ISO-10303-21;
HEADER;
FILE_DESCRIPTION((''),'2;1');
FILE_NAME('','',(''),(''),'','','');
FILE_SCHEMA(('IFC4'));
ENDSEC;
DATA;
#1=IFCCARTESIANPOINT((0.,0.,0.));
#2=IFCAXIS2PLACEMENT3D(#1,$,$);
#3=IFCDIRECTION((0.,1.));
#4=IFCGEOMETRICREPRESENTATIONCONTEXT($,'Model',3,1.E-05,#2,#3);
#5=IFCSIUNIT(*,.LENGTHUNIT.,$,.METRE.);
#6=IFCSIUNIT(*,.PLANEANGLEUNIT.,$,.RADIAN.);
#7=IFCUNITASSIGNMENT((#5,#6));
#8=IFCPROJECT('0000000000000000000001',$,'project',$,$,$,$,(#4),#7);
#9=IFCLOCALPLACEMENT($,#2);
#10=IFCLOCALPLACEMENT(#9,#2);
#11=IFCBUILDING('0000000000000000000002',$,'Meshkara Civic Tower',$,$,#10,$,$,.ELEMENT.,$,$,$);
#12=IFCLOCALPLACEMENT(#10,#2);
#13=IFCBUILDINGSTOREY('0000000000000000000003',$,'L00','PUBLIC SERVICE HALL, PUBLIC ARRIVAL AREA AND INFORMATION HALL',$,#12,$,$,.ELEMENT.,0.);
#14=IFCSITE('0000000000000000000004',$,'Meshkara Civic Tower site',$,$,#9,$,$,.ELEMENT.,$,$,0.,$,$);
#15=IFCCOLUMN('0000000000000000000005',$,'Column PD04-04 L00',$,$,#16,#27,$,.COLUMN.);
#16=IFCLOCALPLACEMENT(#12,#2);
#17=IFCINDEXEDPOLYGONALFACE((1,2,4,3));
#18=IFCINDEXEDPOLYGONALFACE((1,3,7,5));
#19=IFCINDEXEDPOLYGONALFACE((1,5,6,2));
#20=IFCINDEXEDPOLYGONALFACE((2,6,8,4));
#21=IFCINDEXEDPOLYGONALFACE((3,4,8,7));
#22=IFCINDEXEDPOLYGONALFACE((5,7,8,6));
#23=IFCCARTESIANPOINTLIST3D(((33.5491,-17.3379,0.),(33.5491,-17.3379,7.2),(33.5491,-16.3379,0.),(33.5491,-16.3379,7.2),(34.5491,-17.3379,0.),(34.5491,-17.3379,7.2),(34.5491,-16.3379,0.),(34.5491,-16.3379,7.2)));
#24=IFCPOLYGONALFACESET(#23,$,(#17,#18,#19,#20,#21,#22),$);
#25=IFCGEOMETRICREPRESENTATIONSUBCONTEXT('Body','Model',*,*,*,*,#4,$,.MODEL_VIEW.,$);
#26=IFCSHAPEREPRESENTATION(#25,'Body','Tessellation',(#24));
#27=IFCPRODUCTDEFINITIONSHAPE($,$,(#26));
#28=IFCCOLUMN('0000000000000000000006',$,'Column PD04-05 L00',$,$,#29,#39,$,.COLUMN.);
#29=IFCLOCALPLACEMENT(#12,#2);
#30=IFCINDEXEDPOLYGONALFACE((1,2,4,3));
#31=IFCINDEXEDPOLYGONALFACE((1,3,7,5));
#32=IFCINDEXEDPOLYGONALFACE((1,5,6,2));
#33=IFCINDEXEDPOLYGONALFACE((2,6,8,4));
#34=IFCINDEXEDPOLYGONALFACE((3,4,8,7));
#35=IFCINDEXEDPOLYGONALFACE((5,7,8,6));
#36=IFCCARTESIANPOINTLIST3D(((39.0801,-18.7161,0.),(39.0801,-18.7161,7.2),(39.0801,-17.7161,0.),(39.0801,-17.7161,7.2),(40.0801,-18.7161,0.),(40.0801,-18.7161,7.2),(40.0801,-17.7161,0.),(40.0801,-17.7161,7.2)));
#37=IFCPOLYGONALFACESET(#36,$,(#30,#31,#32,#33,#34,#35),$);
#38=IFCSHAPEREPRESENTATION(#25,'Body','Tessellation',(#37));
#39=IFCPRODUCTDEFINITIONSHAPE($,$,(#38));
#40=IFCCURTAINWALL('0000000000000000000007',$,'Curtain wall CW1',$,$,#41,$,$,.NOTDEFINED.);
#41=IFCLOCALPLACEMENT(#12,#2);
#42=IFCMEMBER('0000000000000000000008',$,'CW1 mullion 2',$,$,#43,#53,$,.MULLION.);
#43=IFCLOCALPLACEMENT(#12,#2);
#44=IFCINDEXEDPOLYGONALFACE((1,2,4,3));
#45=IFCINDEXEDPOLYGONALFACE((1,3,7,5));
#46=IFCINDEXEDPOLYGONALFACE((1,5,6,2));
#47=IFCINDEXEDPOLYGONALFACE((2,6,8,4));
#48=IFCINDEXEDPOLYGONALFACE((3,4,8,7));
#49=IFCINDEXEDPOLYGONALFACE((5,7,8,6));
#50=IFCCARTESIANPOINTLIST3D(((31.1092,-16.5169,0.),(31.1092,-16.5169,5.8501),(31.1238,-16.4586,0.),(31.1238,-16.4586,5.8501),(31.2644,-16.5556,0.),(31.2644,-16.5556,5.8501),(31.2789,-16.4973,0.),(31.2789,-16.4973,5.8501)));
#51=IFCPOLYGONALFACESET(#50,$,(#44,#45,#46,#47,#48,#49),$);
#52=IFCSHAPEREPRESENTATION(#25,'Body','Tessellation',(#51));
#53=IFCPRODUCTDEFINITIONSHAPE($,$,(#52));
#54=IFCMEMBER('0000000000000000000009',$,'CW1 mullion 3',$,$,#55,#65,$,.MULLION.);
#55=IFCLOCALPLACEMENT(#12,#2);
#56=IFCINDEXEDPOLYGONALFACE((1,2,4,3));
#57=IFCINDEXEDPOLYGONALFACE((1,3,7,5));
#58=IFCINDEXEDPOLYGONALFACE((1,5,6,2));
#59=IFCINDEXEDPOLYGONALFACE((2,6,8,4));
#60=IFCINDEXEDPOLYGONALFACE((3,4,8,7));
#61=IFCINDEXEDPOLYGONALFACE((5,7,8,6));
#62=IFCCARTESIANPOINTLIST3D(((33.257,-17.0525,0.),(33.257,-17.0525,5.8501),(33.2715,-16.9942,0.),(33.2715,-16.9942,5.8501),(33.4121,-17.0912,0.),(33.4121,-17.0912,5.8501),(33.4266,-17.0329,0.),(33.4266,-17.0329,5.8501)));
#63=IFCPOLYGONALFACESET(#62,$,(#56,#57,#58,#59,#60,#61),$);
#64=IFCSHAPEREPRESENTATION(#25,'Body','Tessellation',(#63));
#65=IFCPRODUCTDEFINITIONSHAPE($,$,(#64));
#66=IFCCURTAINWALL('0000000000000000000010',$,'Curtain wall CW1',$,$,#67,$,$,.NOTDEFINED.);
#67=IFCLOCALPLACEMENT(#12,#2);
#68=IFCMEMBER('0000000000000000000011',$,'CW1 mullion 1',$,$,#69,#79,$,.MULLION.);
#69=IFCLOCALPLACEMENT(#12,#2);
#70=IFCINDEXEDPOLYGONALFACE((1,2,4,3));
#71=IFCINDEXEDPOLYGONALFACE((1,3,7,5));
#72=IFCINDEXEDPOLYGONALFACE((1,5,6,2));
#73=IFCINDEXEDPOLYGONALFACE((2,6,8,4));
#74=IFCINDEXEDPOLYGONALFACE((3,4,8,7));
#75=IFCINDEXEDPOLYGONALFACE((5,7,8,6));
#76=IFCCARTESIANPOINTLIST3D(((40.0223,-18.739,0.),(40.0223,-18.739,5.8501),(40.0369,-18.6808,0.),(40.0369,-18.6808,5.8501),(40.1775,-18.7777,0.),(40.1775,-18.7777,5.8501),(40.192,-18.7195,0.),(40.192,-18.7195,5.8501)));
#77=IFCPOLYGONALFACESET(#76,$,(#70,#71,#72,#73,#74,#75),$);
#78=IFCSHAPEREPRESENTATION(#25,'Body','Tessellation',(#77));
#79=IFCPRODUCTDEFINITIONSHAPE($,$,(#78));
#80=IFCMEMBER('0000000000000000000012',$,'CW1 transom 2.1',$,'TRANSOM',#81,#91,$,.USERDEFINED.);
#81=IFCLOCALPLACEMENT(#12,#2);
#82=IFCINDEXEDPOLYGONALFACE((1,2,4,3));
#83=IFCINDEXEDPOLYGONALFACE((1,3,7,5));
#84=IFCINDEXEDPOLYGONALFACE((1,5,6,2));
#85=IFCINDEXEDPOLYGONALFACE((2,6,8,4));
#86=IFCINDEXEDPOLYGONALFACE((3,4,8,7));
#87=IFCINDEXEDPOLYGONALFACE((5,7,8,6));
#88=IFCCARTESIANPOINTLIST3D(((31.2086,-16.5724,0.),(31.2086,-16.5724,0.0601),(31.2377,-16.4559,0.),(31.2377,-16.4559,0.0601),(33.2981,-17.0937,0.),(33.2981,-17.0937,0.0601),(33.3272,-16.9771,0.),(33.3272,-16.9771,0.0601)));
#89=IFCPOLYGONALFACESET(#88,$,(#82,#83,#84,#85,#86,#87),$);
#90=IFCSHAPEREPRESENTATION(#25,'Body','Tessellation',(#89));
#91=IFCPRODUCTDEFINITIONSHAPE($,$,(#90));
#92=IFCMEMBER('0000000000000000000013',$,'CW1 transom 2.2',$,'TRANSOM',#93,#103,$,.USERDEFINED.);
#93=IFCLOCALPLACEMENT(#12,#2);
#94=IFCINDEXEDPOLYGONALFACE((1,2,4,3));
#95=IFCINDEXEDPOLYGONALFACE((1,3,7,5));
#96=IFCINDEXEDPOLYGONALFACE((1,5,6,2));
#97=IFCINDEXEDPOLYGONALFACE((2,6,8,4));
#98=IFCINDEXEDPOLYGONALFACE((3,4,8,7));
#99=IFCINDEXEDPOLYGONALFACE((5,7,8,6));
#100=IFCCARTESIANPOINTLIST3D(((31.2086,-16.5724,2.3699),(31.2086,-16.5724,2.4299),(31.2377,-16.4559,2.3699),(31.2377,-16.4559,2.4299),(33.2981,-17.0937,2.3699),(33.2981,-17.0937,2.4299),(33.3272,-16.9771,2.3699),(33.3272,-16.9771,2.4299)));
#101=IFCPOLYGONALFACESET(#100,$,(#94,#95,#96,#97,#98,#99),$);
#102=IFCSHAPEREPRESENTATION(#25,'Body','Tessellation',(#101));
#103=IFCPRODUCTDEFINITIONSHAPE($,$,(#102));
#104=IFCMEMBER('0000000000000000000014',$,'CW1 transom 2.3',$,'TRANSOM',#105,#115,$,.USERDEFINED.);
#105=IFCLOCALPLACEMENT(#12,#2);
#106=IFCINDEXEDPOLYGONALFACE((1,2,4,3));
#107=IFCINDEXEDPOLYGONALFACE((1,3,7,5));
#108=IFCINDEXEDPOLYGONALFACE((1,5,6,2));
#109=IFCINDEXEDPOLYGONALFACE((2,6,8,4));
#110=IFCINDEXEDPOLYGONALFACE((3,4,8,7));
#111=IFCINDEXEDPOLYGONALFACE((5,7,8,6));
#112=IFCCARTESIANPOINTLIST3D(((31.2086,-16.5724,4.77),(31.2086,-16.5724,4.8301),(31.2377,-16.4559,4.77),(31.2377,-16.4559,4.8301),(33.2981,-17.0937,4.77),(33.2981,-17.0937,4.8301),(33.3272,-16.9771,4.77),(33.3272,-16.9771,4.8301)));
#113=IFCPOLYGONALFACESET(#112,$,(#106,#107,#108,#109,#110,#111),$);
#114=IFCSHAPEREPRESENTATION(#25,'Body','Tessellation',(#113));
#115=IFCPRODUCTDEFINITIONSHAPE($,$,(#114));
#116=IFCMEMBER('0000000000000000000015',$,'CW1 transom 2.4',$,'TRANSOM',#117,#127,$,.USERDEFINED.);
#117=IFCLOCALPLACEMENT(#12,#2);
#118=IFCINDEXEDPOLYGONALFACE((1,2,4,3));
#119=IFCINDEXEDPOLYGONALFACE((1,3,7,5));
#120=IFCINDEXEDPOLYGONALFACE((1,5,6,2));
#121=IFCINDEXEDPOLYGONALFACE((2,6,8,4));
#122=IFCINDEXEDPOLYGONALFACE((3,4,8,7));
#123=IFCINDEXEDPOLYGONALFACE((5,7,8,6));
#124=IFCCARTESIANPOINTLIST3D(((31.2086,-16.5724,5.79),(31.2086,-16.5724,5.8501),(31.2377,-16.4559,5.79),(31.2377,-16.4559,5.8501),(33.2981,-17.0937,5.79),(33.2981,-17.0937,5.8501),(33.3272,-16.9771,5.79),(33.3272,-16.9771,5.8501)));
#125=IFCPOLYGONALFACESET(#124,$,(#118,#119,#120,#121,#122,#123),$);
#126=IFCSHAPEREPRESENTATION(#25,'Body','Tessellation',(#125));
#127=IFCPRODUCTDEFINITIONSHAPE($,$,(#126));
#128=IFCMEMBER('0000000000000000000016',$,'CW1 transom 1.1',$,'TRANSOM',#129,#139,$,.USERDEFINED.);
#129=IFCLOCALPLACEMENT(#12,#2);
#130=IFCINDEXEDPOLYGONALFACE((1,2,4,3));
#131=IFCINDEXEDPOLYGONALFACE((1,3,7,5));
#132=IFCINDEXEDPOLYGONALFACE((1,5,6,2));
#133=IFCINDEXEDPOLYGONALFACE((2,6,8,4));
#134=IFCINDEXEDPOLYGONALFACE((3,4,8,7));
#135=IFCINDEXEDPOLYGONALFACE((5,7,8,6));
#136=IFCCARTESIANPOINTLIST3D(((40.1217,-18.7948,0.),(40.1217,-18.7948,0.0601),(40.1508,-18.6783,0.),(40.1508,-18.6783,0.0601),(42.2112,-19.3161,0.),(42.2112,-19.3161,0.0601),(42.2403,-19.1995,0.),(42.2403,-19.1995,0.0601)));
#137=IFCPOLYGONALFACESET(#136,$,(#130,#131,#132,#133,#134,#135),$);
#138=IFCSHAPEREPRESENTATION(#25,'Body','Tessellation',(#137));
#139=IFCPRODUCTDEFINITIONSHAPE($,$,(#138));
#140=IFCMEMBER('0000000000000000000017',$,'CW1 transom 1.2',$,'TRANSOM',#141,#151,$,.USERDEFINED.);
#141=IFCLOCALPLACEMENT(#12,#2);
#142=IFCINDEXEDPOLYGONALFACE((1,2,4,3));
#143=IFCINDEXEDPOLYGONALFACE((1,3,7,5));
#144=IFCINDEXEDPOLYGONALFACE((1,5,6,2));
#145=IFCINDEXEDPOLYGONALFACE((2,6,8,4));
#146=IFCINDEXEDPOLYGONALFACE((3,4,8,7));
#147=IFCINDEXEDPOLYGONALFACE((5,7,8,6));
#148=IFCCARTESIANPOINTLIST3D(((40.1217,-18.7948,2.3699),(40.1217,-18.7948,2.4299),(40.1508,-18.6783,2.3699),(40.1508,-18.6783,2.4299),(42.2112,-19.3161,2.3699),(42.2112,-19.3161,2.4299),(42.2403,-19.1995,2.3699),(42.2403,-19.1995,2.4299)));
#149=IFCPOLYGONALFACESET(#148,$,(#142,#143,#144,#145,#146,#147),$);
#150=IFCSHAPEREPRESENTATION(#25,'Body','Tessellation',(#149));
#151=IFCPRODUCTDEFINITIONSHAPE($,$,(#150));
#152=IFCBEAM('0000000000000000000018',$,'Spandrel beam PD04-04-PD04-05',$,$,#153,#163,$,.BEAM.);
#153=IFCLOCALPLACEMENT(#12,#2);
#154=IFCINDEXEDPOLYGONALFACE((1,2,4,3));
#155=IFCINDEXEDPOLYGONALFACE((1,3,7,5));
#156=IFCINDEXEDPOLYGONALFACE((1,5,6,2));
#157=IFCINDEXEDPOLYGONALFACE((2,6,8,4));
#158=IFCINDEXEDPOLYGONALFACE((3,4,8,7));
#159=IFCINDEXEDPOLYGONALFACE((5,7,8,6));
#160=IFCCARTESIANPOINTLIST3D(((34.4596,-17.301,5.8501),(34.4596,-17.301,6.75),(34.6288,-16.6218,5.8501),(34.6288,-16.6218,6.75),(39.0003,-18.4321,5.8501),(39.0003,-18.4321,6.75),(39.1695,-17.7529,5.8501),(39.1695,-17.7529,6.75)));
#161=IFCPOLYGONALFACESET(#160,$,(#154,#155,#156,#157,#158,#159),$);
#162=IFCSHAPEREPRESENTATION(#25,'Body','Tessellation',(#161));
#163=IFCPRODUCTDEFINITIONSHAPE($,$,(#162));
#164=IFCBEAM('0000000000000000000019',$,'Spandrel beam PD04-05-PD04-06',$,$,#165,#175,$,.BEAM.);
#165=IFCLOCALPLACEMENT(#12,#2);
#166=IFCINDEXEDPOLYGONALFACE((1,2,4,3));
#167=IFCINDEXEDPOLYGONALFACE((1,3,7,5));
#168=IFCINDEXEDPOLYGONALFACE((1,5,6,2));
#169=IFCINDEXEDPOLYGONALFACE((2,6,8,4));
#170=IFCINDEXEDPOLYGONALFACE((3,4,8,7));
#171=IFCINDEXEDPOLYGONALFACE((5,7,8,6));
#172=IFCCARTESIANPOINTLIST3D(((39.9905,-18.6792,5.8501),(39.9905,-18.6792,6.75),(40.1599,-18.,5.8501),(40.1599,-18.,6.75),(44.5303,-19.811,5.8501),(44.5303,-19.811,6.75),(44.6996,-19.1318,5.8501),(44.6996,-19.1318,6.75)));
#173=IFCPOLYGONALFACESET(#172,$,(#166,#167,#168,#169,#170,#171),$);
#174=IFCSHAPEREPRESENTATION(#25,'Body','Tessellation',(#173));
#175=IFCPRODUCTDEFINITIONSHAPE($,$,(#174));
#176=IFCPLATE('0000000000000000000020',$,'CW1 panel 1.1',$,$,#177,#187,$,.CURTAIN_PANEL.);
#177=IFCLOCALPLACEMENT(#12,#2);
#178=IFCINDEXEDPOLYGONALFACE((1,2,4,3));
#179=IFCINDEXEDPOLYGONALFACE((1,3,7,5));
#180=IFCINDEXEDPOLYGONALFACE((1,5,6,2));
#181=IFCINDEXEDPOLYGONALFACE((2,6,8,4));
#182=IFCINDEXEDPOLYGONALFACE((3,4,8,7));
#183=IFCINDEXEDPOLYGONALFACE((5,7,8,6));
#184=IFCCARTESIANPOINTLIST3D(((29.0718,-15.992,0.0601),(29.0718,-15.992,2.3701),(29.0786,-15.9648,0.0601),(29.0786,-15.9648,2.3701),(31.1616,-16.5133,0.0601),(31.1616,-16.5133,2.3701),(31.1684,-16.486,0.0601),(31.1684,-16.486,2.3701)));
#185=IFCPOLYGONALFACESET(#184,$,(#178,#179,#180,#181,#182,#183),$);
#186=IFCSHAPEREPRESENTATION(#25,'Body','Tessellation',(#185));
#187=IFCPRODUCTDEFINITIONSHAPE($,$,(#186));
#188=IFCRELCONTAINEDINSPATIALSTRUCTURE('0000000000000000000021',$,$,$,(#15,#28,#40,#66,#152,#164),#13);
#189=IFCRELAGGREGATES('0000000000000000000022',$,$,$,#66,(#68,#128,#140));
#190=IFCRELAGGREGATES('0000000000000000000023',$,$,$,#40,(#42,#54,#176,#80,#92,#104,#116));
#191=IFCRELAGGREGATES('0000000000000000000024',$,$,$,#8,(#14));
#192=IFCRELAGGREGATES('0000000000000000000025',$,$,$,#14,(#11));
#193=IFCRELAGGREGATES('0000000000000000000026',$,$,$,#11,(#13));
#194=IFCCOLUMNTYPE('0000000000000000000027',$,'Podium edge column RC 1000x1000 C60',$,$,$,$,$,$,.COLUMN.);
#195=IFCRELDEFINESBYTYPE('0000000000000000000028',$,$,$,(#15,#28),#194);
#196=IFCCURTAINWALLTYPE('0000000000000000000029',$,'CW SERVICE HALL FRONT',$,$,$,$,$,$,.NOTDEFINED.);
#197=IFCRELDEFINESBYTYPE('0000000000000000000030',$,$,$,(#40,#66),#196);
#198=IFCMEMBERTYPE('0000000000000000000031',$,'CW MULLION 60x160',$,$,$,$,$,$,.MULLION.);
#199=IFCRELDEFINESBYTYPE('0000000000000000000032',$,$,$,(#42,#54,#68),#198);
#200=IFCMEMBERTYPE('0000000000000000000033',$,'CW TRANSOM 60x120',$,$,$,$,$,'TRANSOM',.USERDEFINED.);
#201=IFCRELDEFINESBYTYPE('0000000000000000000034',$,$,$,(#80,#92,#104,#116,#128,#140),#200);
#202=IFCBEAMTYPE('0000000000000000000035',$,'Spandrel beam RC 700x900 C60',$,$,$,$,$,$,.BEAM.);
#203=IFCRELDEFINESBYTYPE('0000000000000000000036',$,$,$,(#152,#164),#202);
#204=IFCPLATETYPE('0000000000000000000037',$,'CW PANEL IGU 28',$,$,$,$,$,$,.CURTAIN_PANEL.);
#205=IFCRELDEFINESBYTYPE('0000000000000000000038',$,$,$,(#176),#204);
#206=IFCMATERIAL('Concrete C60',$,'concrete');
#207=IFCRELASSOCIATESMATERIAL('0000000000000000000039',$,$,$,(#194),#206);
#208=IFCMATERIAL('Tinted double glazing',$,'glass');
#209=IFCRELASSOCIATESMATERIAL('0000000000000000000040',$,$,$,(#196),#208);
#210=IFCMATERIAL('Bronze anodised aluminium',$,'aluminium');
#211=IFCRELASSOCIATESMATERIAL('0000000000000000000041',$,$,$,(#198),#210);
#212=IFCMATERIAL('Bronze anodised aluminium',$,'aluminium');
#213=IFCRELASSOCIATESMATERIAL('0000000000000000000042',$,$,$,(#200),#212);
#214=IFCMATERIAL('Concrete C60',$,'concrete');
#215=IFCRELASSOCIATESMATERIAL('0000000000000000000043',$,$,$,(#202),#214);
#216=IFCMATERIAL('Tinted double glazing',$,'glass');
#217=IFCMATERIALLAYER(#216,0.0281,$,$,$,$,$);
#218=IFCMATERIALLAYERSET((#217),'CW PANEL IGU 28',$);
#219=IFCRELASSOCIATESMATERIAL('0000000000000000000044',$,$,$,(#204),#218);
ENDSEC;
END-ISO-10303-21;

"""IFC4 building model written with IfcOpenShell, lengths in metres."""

from ifc_helpers import new_model, si_unit, direction, frame, origin, origin_2d, place, context, subcontext, project, spatial, rectangle, extrude, material, layer, layer_set, material_profile, profile_set, type_object, element, aggregate, save


model = new_model("IFC4")

# Units and contexts
model_context = context("Model", 3, precision=1e-05, world=origin(), true_north=direction((0.0, 1.0)))
body_context = subcontext(model_context, "Body", "Model", "MODEL_VIEW")
ifc_project = project(units=[si_unit("LENGTHUNIT", "METRE"), si_unit("PLANEANGLEUNIT", "RADIAN")], contexts=[model_context])

# Site, building, storey
site_placement = place(None, origin())
site = spatial("IfcSite", under=ifc_project, at=site_placement, Name="Meshkara Civic Tower site", CompositionType="ELEMENT", RefElevation=0.0)
building_placement = place(site_placement, origin())
building = spatial("IfcBuilding", under=site, at=building_placement, Name="Meshkara Civic Tower", CompositionType="ELEMENT")
storey_placement = place(building_placement, origin())
storey = spatial("IfcBuildingStorey", under=building, at=storey_placement, Name="L00", Description="PUBLIC SERVICE HALL, PUBLIC ARRIVAL AREA AND INFORMATION HALL", CompositionType="ELEMENT", Elevation=0.0)

# Columns
ifc_material_1 = material(Name="Concrete C60", Category="concrete")
ifc_material_profile_1 = material_profile(ifc_material_1, rectangle(XDim=1.0, YDim=1.0, at=origin_2d()))
ifc_profile_set_1 = profile_set([ifc_material_profile_1], Name="Concrete C60")
column_type = type_object("IfcColumnType", Name="Podium edge column RC 1000x1000 C60", PredefinedType="COLUMN", material=ifc_profile_set_1)
for number, where, z_axis, x_axis, name in (
    (1, (34.0491, -16.8379, 0.0), (0.0, 0.0, 1.0), (1.0, 0.0, 0.0), "Column PD04-04 L00"),
    (2, (39.5801, -18.2161, 0.0), (0.0, 0.0, 1.0), (1.0, 0.0, 0.0), "Column PD04-05 L00"),
):
    element("IfcColumn", number, at=place(storey_placement, frame(where, z_axis=z_axis, x_axis=x_axis)), inside=storey, type_object=column_type, Name=name, PredefinedType="COLUMN", context=body_context, shape_type="SweptSolid", body=[
        extrude(rectangle(XDim=1.0, YDim=1.0, at=origin_2d()), origin(), (0.0, 0.0, 1.0), 7.2),
    ])

# Curtain wall, members
ifc_material_2 = material(Name="Tinted double glazing", Category="glass")
curtain_wall_type = type_object("IfcCurtainWallType", Name="CW SERVICE HALL FRONT", PredefinedType="NOTDEFINED", material=ifc_material_2)
curtain_wall_1_placement = place(storey_placement, origin())
curtain_wall_1 = element("IfcCurtainWall", 3, at=curtain_wall_1_placement, inside=storey, type_object=curtain_wall_type, Name="Curtain wall CW1", PredefinedType="NOTDEFINED")
ifc_material_3 = material(Name="Bronze anodised aluminium", Category="aluminium")
ifc_material_profile_2 = material_profile(ifc_material_3, rectangle(XDim=0.0601, YDim=0.1599, at=origin_2d()))
ifc_profile_set_2 = profile_set([ifc_material_profile_2], Name="Bronze anodised aluminium")
member_type_1 = type_object("IfcMemberType", Name="CW MULLION 60x160", PredefinedType="MULLION", material=ifc_profile_set_2)
member_1_placement = place(storey_placement, frame((31.1941, -16.5071, 0.0), z_axis=(0.0, 0.0, 1.0), x_axis=(0.242011, 0.970273, 0.0)))
member_1 = element("IfcMember", 4, at=member_1_placement, type_object=member_type_1, Name="CW1 mullion 2", PredefinedType="MULLION", context=body_context, shape_type="SweptSolid", body=[
    extrude(rectangle(XDim=0.0601, YDim=0.1599, at=origin_2d()), origin(), (0.0, 0.0, 1.0), 5.8501),
])
member_2_placement = place(storey_placement, frame((33.3418, -17.0427, 0.0), z_axis=(0.0, 0.0, 1.0), x_axis=(0.242011, 0.970273, 0.0)))
member_2 = element("IfcMember", 5, at=member_2_placement, type_object=member_type_1, Name="CW1 mullion 3", PredefinedType="MULLION", context=body_context, shape_type="SweptSolid", body=[
    extrude(rectangle(XDim=0.0601, YDim=0.1599, at=origin_2d()), origin(), (0.0, 0.0, 1.0), 5.8501),
])

# Curtain wall, member
curtain_wall_2_placement = place(storey_placement, origin())
curtain_wall_2 = element("IfcCurtainWall", 6, at=curtain_wall_2_placement, inside=storey, type_object=curtain_wall_type, Name="Curtain wall CW1", PredefinedType="NOTDEFINED")
member_3_placement = place(storey_placement, frame((40.1072, -18.7292, 0.0), z_axis=(0.0, 0.0, 1.0), x_axis=(0.242011, 0.970273, 0.0)))
member_3 = element("IfcMember", 7, at=member_3_placement, type_object=member_type_1, Name="CW1 mullion 1", PredefinedType="MULLION", context=body_context, shape_type="SweptSolid", body=[
    extrude(rectangle(XDim=0.0601, YDim=0.1599, at=origin_2d()), origin(), (0.0, 0.0, 1.0), 5.8501),
])

# Members
ifc_material_4 = material(Name="Bronze anodised aluminium", Category="aluminium")
ifc_material_profile_3 = material_profile(ifc_material_4, rectangle(XDim=0.1201, YDim=0.0601, at=origin_2d()))
ifc_profile_set_3 = profile_set([ifc_material_profile_3], Name="Bronze anodised aluminium")
member_type_2 = type_object("IfcMemberType", Name="CW TRANSOM 60x120", ElementType="TRANSOM", PredefinedType="USERDEFINED", material=ifc_profile_set_3)
member_4_placement = place(storey_placement, frame((31.2231, -16.5142, 0.03), z_axis=(0.970269, -0.242029, 0.0), x_axis=(0.242029, 0.970269, 0.0)))
member_4 = element("IfcMember", 8, at=member_4_placement, type_object=member_type_2, Name="CW1 transom 2.1", ObjectType="TRANSOM", PredefinedType="USERDEFINED", context=body_context, shape_type="SweptSolid", body=[
    extrude(rectangle(XDim=0.1201, YDim=0.0601, at=origin_2d()), origin(), (0.0, 0.0, 1.0), 2.1536),
])
member_5_placement = place(storey_placement, frame((31.2231, -16.5142, 2.3999), z_axis=(0.970269, -0.242029, 0.0), x_axis=(0.242029, 0.970269, 0.0)))
member_5 = element("IfcMember", 9, at=member_5_placement, type_object=member_type_2, Name="CW1 transom 2.2", ObjectType="TRANSOM", PredefinedType="USERDEFINED", context=body_context, shape_type="SweptSolid", body=[
    extrude(rectangle(XDim=0.1201, YDim=0.0601, at=origin_2d()), origin(), (0.0, 0.0, 1.0), 2.1536),
])
member_6_placement = place(storey_placement, frame((31.2231, -16.5142, 4.8), z_axis=(0.970269, -0.242029, 0.0), x_axis=(0.242029, 0.970269, 0.0)))
member_6 = element("IfcMember", 10, at=member_6_placement, type_object=member_type_2, Name="CW1 transom 2.3", ObjectType="TRANSOM", PredefinedType="USERDEFINED", context=body_context, shape_type="SweptSolid", body=[
    extrude(rectangle(XDim=0.1201, YDim=0.0601, at=origin_2d()), origin(), (0.0, 0.0, 1.0), 2.1536),
])
member_7_placement = place(storey_placement, frame((31.2231, -16.5142, 5.8201), z_axis=(0.970269, -0.242029, 0.0), x_axis=(0.242029, 0.970269, 0.0)))
member_7 = element("IfcMember", 11, at=member_7_placement, type_object=member_type_2, Name="CW1 transom 2.4", ObjectType="TRANSOM", PredefinedType="USERDEFINED", context=body_context, shape_type="SweptSolid", body=[
    extrude(rectangle(XDim=0.1201, YDim=0.0601, at=origin_2d()), origin(), (0.0, 0.0, 1.0), 2.1536),
])
member_8_placement = place(storey_placement, frame((40.1362, -18.7366, 0.03), z_axis=(0.970269, -0.242029, 0.0), x_axis=(0.242029, 0.970269, 0.0)))
member_8 = element("IfcMember", 12, at=member_8_placement, type_object=member_type_2, Name="CW1 transom 1.1", ObjectType="TRANSOM", PredefinedType="USERDEFINED", context=body_context, shape_type="SweptSolid", body=[
    extrude(rectangle(XDim=0.1201, YDim=0.0601, at=origin_2d()), origin(), (0.0, 0.0, 1.0), 2.1536),
])
member_9_placement = place(storey_placement, frame((40.1362, -18.7366, 2.3999), z_axis=(0.970269, -0.242029, 0.0), x_axis=(0.242029, 0.970269, 0.0)))
member_9 = element("IfcMember", 13, at=member_9_placement, type_object=member_type_2, Name="CW1 transom 1.2", ObjectType="TRANSOM", PredefinedType="USERDEFINED", context=body_context, shape_type="SweptSolid", body=[
    extrude(rectangle(XDim=0.1201, YDim=0.0601, at=origin_2d()), origin(), (0.0, 0.0, 1.0), 2.1536),
])
aggregate(curtain_wall_2, [member_3, member_8, member_9])

# Beams
ifc_material_5 = material(Name="Concrete C60", Category="concrete")
ifc_material_profile_4 = material_profile(ifc_material_5, rectangle(XDim=0.7, YDim=0.8999, at=origin_2d()))
ifc_profile_set_4 = profile_set([ifc_material_profile_4], Name="Concrete C60")
beam_type = type_object("IfcBeamType", Name="Spandrel beam RC 700x900 C60", PredefinedType="BEAM", material=ifc_profile_set_4)
beam_1_placement = place(storey_placement, frame((34.5442, -16.9614, 6.3), z_axis=(0.970348, -0.241713, 0.0), x_axis=(0.241713, 0.970348, 0.0)))
element("IfcBeam", 14, at=beam_1_placement, inside=storey, type_object=beam_type, Name="Spandrel beam PD04-04-PD04-05", PredefinedType="BEAM", context=body_context, shape_type="SweptSolid", body=[
    extrude(rectangle(XDim=0.7, YDim=0.8999, at=origin_2d()), origin(), (0.0, 0.0, 1.0), 4.6794),
])
beam_2_placement = place(storey_placement, frame((40.0752, -18.3396, 6.3), z_axis=(0.970299, -0.241909, 0.0), x_axis=(0.241909, 0.970299, 0.0)))
element("IfcBeam", 15, at=beam_2_placement, inside=storey, type_object=beam_type, Name="Spandrel beam PD04-05-PD04-06", PredefinedType="BEAM", context=body_context, shape_type="SweptSolid", body=[
    extrude(rectangle(XDim=0.7, YDim=0.8999, at=origin_2d()), origin(), (0.0, 0.0, 1.0), 4.6787),
])

# Plate
ifc_material_6 = material(Name="Tinted double glazing", Category="glass")
ifc_layer_1 = layer(ifc_material_6, 0.0281)
ifc_layer_set_1 = layer_set([ifc_layer_1], Name="CW PANEL IGU 28")
plate_type = type_object("IfcPlateType", Name="CW PANEL IGU 28", PredefinedType="CURTAIN_PANEL", material=ifc_layer_set_1)
plate_1_placement = place(storey_placement, frame((30.1201, -16.239, 0.0601), z_axis=(0.0, 0.0, 1.0), x_axis=(0.970273, -0.242011, 0.0)))
plate_1 = element("IfcPlate", 16, at=plate_1_placement, type_object=plate_type, Name="CW1 panel 1.1", PredefinedType="CURTAIN_PANEL", context=body_context, shape_type="SweptSolid", body=[
    extrude(rectangle(XDim=2.1538, YDim=0.0281, at=origin_2d()), origin(), (0.0, 0.0, 1.0), 2.3101),
])
aggregate(curtain_wall_1, [member_1, member_2, plate_1, member_4, member_5, member_6, member_7])

save(model, "model.ifc")
